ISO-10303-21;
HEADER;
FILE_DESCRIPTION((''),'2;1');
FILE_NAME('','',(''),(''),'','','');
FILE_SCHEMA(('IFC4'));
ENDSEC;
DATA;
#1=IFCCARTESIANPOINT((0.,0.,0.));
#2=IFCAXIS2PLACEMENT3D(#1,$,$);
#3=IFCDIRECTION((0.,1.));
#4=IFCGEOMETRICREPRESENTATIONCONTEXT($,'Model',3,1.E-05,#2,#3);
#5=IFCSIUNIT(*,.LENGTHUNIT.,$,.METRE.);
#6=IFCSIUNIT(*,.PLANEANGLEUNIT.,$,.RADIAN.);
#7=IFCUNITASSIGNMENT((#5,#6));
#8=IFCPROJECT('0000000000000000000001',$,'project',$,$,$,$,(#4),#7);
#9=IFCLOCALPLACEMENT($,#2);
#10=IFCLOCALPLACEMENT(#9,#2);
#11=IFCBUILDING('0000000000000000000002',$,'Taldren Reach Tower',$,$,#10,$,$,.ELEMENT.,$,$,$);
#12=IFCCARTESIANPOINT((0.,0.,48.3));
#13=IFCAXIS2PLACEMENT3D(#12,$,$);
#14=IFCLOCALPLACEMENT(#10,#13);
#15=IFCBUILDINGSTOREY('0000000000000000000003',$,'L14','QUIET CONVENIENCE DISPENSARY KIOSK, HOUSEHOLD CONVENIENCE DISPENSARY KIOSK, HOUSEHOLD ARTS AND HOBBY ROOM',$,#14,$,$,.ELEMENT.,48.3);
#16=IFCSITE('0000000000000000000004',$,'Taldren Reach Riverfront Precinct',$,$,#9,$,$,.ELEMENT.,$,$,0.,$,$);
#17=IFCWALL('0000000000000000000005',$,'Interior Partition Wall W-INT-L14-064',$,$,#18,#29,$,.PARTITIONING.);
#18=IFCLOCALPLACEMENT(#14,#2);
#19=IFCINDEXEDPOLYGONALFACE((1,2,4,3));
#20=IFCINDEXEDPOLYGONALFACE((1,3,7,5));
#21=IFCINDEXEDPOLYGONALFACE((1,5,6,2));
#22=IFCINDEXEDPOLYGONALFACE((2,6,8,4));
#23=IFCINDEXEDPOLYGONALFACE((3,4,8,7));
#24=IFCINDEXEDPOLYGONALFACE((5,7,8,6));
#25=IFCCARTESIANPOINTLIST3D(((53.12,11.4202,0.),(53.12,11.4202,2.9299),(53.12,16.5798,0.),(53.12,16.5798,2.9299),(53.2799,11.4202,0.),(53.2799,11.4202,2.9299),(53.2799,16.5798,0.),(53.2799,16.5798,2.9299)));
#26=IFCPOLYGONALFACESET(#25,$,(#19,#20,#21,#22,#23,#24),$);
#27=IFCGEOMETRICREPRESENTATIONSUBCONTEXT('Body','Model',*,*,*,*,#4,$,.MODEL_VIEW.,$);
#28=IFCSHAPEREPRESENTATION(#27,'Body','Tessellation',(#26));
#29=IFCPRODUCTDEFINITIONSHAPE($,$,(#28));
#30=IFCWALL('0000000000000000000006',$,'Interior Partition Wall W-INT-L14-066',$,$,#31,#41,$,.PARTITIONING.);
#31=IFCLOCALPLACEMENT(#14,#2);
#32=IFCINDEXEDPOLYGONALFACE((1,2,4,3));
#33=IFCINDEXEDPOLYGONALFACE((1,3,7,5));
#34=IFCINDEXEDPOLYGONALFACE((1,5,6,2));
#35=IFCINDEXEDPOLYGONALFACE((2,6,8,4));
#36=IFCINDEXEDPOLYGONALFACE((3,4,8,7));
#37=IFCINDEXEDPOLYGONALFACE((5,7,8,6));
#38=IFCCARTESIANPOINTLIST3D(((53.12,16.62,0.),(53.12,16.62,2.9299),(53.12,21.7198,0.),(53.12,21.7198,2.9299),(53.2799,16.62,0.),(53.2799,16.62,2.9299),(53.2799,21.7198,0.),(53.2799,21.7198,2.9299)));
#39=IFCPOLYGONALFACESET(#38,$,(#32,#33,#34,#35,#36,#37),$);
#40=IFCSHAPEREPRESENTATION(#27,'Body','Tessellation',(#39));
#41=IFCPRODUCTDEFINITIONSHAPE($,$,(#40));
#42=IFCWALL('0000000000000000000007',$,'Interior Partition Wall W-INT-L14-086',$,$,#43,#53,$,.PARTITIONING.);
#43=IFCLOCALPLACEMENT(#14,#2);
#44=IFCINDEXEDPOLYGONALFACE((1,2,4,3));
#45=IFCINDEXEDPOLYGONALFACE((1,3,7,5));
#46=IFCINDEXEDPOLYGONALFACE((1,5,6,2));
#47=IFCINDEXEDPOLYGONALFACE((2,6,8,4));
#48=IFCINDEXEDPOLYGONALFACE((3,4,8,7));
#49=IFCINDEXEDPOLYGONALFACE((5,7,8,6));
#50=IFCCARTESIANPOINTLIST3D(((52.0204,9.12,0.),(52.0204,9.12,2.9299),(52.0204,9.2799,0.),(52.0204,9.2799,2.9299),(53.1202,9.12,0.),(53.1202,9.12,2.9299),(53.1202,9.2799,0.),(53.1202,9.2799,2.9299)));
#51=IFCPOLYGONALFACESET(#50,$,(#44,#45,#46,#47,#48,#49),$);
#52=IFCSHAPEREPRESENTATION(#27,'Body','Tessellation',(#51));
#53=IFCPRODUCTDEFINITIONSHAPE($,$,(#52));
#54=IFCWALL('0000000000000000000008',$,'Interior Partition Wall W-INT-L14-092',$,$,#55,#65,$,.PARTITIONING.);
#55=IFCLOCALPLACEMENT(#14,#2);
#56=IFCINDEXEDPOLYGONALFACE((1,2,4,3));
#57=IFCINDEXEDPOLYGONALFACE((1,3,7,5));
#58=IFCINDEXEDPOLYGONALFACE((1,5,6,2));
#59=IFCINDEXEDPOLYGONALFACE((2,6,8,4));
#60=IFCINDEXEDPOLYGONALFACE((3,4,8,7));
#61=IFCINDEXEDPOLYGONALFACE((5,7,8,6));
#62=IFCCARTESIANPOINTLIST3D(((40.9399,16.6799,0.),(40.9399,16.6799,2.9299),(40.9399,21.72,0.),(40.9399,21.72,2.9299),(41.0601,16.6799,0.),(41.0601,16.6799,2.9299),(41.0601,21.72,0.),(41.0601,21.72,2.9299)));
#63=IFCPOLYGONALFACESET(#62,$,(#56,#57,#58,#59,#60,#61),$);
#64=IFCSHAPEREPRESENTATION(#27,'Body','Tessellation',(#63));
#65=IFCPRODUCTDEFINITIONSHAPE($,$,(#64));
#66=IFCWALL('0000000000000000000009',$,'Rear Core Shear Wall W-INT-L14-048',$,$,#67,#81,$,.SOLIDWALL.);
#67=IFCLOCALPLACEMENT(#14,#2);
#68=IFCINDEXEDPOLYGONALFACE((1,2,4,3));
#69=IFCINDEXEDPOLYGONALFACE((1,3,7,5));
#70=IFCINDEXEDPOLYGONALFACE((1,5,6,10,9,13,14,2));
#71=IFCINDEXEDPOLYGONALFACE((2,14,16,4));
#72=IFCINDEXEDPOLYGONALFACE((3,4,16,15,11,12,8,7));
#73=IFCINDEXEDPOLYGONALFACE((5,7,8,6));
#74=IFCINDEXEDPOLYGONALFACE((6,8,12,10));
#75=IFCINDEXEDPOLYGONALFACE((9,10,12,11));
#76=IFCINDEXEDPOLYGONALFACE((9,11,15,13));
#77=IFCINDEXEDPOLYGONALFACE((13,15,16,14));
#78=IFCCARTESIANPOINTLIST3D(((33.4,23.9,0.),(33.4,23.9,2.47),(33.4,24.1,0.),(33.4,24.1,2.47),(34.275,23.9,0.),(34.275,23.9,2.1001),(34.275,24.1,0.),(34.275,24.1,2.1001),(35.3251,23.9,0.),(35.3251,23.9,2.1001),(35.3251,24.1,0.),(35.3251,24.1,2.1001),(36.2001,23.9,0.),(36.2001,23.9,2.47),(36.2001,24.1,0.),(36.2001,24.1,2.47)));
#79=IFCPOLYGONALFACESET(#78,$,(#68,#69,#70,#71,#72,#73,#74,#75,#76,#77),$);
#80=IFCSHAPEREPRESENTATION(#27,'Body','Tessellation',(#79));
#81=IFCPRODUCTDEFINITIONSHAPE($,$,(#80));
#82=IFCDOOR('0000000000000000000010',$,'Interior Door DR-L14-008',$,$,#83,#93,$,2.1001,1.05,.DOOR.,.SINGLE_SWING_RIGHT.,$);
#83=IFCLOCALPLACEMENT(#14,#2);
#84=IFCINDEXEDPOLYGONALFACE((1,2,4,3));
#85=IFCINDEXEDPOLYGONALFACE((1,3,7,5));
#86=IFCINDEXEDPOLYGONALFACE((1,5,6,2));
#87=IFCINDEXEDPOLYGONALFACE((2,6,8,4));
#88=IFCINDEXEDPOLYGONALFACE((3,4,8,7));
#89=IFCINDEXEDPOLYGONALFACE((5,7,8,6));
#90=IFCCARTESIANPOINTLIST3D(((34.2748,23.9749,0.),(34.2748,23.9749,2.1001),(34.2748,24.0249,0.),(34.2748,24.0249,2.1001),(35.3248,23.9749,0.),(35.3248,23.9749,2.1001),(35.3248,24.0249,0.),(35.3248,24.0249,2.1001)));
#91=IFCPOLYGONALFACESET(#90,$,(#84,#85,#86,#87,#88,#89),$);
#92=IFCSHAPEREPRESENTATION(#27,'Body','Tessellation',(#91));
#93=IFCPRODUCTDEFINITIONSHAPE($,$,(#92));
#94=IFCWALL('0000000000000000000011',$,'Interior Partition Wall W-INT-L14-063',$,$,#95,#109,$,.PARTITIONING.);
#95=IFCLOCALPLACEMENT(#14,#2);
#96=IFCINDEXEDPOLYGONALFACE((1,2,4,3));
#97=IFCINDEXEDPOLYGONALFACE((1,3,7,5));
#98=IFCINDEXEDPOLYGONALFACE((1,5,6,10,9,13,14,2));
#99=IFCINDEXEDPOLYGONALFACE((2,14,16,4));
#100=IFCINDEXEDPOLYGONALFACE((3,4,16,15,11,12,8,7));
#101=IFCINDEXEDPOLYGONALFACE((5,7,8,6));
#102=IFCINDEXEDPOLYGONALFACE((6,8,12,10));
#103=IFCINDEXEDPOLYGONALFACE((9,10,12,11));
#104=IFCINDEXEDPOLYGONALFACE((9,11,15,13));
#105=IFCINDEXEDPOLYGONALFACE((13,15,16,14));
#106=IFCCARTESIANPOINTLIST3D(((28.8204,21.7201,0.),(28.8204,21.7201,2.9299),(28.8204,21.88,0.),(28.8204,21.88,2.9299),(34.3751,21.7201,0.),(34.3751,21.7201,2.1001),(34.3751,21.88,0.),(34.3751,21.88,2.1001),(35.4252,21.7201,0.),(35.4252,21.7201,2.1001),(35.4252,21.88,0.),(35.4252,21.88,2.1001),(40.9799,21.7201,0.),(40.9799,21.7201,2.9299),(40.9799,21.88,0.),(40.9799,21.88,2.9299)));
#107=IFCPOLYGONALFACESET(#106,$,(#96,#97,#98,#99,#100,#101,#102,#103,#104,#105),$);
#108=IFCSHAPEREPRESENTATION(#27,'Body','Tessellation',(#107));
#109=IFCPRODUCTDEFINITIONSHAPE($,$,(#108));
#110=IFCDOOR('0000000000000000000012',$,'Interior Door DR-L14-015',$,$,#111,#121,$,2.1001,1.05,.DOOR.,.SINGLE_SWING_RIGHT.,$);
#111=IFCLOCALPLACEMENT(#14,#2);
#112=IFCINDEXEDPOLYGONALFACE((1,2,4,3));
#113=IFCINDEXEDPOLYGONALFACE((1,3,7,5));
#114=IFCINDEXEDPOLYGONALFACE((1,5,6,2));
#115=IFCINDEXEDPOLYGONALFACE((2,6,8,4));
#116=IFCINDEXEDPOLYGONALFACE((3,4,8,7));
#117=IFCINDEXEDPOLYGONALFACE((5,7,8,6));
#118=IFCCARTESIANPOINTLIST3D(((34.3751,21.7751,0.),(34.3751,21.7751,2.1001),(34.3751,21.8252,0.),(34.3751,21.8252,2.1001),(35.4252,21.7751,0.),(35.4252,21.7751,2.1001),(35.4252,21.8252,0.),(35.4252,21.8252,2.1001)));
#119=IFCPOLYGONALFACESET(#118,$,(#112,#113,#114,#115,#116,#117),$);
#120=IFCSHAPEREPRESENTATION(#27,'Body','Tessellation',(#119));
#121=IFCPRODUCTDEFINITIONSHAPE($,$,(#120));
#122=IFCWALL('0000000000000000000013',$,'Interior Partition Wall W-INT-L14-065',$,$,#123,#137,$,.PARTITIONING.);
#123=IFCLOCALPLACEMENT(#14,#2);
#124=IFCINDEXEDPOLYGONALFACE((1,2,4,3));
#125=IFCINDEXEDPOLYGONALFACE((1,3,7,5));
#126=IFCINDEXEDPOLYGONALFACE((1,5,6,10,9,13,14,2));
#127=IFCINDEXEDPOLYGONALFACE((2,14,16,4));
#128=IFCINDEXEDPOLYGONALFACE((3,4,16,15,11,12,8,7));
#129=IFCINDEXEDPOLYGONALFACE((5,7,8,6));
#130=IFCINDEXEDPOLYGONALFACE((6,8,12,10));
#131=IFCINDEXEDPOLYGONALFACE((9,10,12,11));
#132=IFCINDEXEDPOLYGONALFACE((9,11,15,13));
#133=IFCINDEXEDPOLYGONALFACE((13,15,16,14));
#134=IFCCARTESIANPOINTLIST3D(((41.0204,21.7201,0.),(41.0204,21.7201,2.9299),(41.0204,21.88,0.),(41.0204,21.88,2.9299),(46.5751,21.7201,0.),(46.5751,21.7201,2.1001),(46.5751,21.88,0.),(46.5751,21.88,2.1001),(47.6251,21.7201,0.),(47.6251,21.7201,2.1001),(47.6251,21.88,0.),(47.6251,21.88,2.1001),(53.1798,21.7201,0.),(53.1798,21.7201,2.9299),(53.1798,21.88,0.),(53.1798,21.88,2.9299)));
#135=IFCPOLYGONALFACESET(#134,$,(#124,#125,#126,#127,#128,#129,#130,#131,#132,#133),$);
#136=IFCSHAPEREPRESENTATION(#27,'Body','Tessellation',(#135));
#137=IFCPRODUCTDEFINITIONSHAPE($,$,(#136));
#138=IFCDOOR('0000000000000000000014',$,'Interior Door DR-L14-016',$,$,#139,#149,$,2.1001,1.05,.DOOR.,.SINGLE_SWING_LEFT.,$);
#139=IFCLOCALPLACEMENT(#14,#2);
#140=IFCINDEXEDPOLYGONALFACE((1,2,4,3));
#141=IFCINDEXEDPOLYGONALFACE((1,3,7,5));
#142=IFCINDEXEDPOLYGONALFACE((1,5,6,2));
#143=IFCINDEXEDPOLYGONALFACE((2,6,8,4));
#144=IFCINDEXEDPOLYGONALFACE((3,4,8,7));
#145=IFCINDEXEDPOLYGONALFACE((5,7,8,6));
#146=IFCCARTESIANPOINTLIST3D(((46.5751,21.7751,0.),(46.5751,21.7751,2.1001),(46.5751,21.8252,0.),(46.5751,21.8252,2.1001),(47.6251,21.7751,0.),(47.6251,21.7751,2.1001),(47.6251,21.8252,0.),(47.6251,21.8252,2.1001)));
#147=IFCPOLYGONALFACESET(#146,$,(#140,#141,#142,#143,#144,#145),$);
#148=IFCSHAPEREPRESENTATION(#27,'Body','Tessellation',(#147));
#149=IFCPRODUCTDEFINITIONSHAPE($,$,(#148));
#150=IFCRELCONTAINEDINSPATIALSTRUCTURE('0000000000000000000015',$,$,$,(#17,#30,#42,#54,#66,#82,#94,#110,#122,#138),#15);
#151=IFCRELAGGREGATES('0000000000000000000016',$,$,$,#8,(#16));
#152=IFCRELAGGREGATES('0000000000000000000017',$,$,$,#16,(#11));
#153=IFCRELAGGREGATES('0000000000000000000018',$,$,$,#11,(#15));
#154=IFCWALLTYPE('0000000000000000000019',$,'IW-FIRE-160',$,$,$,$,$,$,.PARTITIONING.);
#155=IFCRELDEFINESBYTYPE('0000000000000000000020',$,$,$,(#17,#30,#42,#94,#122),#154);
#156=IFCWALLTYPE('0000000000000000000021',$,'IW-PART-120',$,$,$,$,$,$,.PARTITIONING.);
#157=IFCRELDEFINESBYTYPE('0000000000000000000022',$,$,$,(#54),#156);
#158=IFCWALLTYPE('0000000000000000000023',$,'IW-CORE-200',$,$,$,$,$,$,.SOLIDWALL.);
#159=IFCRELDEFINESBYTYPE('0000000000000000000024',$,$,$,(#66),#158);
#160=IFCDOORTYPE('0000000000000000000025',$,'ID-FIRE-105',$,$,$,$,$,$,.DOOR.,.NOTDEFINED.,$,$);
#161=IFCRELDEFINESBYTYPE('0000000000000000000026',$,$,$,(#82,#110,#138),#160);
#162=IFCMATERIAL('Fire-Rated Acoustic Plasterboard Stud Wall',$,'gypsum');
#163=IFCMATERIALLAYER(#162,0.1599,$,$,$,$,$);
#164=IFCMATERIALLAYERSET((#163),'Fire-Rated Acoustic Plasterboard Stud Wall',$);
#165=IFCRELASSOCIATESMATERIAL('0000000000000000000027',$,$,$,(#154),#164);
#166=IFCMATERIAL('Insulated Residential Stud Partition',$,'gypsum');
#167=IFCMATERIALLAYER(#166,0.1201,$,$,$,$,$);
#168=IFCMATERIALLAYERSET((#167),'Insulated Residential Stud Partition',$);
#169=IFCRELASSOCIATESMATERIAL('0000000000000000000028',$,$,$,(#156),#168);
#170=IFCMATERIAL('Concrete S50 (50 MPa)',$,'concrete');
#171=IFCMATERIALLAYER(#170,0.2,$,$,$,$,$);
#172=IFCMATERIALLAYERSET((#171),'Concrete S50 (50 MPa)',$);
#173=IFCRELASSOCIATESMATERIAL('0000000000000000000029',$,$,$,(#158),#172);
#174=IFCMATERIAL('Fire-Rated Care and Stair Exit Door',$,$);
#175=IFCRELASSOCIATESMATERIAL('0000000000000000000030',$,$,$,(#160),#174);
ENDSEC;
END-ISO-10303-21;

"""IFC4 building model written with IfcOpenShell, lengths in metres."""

from ifc_helpers import new_model, si_unit, direction, frame, frame_2d, origin, place, context, subcontext, project, spatial, rectangle, extrude, source, transform, mapped, material, layer, layer_set, type_object, element, fill, save


model = new_model("IFC4")

# Units and contexts
model_context = context("Model", 3, precision=1e-05, world=origin(), true_north=direction((0.0, 1.0)))
body_context = subcontext(model_context, "Body", "Model", "MODEL_VIEW")
ifc_project = project(units=[si_unit("LENGTHUNIT", "METRE"), si_unit("PLANEANGLEUNIT", "RADIAN")], contexts=[model_context])

# Site, building, storey
site_placement = place(None, origin())
site = spatial("IfcSite", under=ifc_project, at=site_placement, Name="Taldren Reach Riverfront Precinct", CompositionType="ELEMENT", RefElevation=0.0)
building_placement = place(site_placement, origin())
building = spatial("IfcBuilding", under=site, at=building_placement, Name="Taldren Reach Tower", CompositionType="ELEMENT")
storey_placement = place(building_placement, frame((0.0, 0.0, 48.3)))
storey = spatial("IfcBuildingStorey", under=building, at=storey_placement, Name="L14", Description="QUIET CONVENIENCE DISPENSARY KIOSK, HOUSEHOLD CONVENIENCE DISPENSARY KIOSK, HOUSEHOLD ARTS AND HOBBY ROOM", CompositionType="ELEMENT", Elevation=48.3)

# Walls
ifc_material_1 = material(Name="Fire-Rated Acoustic Plasterboard Stud Wall", Category="gypsum")
ifc_layer_1 = layer(ifc_material_1, 0.1599)
ifc_layer_set_1 = layer_set([ifc_layer_1], Name="Fire-Rated Acoustic Plasterboard Stud Wall")
wall_type_1 = type_object("IfcWallType", Name="IW-FIRE-160", PredefinedType="PARTITIONING", material=ifc_layer_set_1)
shared_shape_1 = source(origin(), body_context, "Body", "SweptSolid", [
    extrude(rectangle(XDim=5.1597, YDim=0.1599, at=frame_2d((2.5798, 0.0))), origin(), (0.0, 0.0, 1.0), 2.9299),
])
wall_1_placement = place(storey_placement, frame((53.2, 11.4202, 0.0), z_axis=(0.0, 0.0, 1.0), x_axis=(0.0, 1.0, 0.0)))
element("IfcWall", 1, at=wall_1_placement, inside=storey, type_object=wall_type_1, Name="Interior Partition Wall W-INT-L14-064", PredefinedType="PARTITIONING", context=body_context, shape_type="MappedRepresentation", body=[
    mapped(shared_shape_1, transform((0.0, 0.0, 0.0), scale=1.0)),
])
shared_shape_2 = source(origin(), body_context, "Body", "SweptSolid", [
    extrude(rectangle(XDim=5.0999, YDim=0.1599, at=frame_2d((2.5498, 0.0))), origin(), (0.0, 0.0, 1.0), 2.9299),
])
wall_2_placement = place(storey_placement, frame((53.2, 16.6201, 0.0), z_axis=(0.0, 0.0, 1.0), x_axis=(0.0, 1.0, 0.0)))
element("IfcWall", 2, at=wall_2_placement, inside=storey, type_object=wall_type_1, Name="Interior Partition Wall W-INT-L14-066", PredefinedType="PARTITIONING", context=body_context, shape_type="MappedRepresentation", body=[
    mapped(shared_shape_2, transform((0.0, 0.0, 0.0), scale=1.0)),
])
shared_shape_3 = source(origin(), body_context, "Body", "SweptSolid", [
    extrude(rectangle(XDim=1.0999, YDim=0.1599, at=frame_2d((0.5498, 0.0))), origin(), (0.0, 0.0, 1.0), 2.9299),
])
wall_3_placement = place(storey_placement, frame((53.1201, 9.2, 0.0), z_axis=(0.0, 0.0, 1.0), x_axis=(-1.0, 0.0, 0.0)))
element("IfcWall", 3, at=wall_3_placement, inside=storey, type_object=wall_type_1, Name="Interior Partition Wall W-INT-L14-086", PredefinedType="PARTITIONING", context=body_context, shape_type="MappedRepresentation", body=[
    mapped(shared_shape_3, transform((0.0, 0.0, 0.0), scale=1.0)),
])
ifc_material_2 = material(Name="Insulated Residential Stud Partition", Category="gypsum")
ifc_layer_2 = layer(ifc_material_2, 0.1201)
ifc_layer_set_2 = layer_set([ifc_layer_2], Name="Insulated Residential Stud Partition")
wall_type_2 = type_object("IfcWallType", Name="IW-PART-120", PredefinedType="PARTITIONING", material=ifc_layer_set_2)
shared_shape_4 = source(origin(), body_context, "Body", "SweptSolid", [
    extrude(rectangle(XDim=5.04, YDim=0.1201, at=frame_2d((2.52, 0.0))), origin(), (0.0, 0.0, 1.0), 2.9299),
])
wall_4_placement = place(storey_placement, frame((41.0, 21.72, 0.0), z_axis=(0.0, 0.0, 1.0), x_axis=(0.0, -1.0, 0.0)))
element("IfcWall", 4, at=wall_4_placement, inside=storey, type_object=wall_type_2, Name="Interior Partition Wall W-INT-L14-092", PredefinedType="PARTITIONING", context=body_context, shape_type="MappedRepresentation", body=[
    mapped(shared_shape_4, transform((0.0, 0.0, 0.0), scale=1.0)),
])

# Walls, openings, doors
ifc_material_3 = material(Name="Concrete S50 (50 MPa)", Category="concrete")
ifc_layer_3 = layer(ifc_material_3, 0.2)
ifc_layer_set_3 = layer_set([ifc_layer_3], Name="Concrete S50 (50 MPa)")
wall_type_3 = type_object("IfcWallType", Name="IW-CORE-200", PredefinedType="SOLIDWALL", material=ifc_layer_set_3)
shared_shape_5 = source(origin(), body_context, "Body", "SweptSolid", [
    extrude(rectangle(XDim=2.8, YDim=0.2, at=frame_2d((1.3999, 0.0))), origin(), (0.0, 0.0, 1.0), 2.47),
])
wall_5_placement = place(storey_placement, frame((36.2, 24.0, 0.0), z_axis=(0.0, 0.0, 1.0), x_axis=(-1.0, 0.0, 0.0)))
wall_5 = element("IfcWall", 5, at=wall_5_placement, inside=storey, type_object=wall_type_3, Name="Rear Core Shear Wall W-INT-L14-048", PredefinedType="SOLIDWALL", context=body_context, shape_type="MappedRepresentation", body=[
    mapped(shared_shape_5, transform((0.0, 0.0, 0.0), scale=1.0)),
])
shared_shape_6 = source(origin(), body_context, "Body", "SweptSolid", [
    extrude(rectangle(XDim=1.05, YDim=2.1001, at=frame_2d((0.5249, 1.05))), frame((0.0, 0.1099, 0.0), z_axis=(0.0, -1.0, 0.0), x_axis=(1.0, 0.0, 0.0)), (0.0, 0.0, 1.0), 0.22),
])
opening_1_placement = place(wall_5_placement, frame((0.875, 0.0, 0.0)))
opening_1 = element("IfcOpeningElement", 6, at=opening_1_placement, cuts=wall_5, PredefinedType="OPENING", context=body_context, shape_type="MappedRepresentation", body=[
    mapped(shared_shape_6, transform((0.0, 0.0, 0.0), scale=1.0)),
])
ifc_material_4 = material(Name="Fire-Rated Care and Stair Exit Door")
door_type_1 = type_object("IfcDoorType", Name="ID-FIRE-105", OperationType="NOTDEFINED", PredefinedType="DOOR", material=ifc_material_4)
shared_shape_7 = source(origin(), body_context, "Body", "SweptSolid", [
    extrude(rectangle(XDim=1.05, YDim=2.1001, at=frame_2d((0.5249, 1.05))), frame((0.0, 0.0249, 0.0), z_axis=(0.0, -1.0, 0.0), x_axis=(1.0, 0.0, 0.0)), (0.0, 0.0, 1.0), 0.05),
])
door_1_placement = place(opening_1_placement, frame((1.05, 0.0, 0.0), z_axis=(0.0, 0.0, 1.0), x_axis=(-1.0, 0.0, 0.0)))
door_1 = element("IfcDoor", 7, at=door_1_placement, inside=storey, type_object=door_type_1, Name="Interior Door DR-L14-008", OperationType="SINGLE_SWING_RIGHT", OverallHeight=2.1001, OverallWidth=1.05, PredefinedType="DOOR", context=body_context, shape_type="MappedRepresentation", body=[
    mapped(shared_shape_7, transform((0.0, 0.0, 0.0), scale=1.0)),
])
fill(opening_1, door_1)
shared_shape_8 = source(origin(), body_context, "Body", "SweptSolid", [
    extrude(rectangle(XDim=12.1594, YDim=0.1599, at=frame_2d((6.0796, 0.0))), origin(), (0.0, 0.0, 1.0), 2.9299),
])
wall_6_placement = place(storey_placement, frame((40.9797, 21.8, 0.0), z_axis=(0.0, 0.0, 1.0), x_axis=(-1.0, 0.0, 0.0)))
wall_6 = element("IfcWall", 8, at=wall_6_placement, inside=storey, type_object=wall_type_1, Name="Interior Partition Wall W-INT-L14-063", PredefinedType="PARTITIONING", context=body_context, shape_type="MappedRepresentation", body=[
    mapped(shared_shape_8, transform((0.0, 0.0, 0.0), scale=1.0)),
])
shared_shape_9 = source(origin(), body_context, "Body", "SweptSolid", [
    extrude(rectangle(XDim=1.05, YDim=2.1001, at=frame_2d((0.5249, 1.05))), frame((0.0, 0.0898, 0.0), z_axis=(0.0, -1.0, 0.0), x_axis=(1.0, 0.0, 0.0)), (0.0, 0.0, 1.0), 0.1799),
])
opening_2_placement = place(wall_6_placement, frame((5.5547, 0.0, 0.0)))
opening_2 = element("IfcOpeningElement", 9, at=opening_2_placement, cuts=wall_6, PredefinedType="OPENING", context=body_context, shape_type="MappedRepresentation", body=[
    mapped(shared_shape_9, transform((0.0, 0.0, 0.0), scale=1.0)),
])
door_2_placement = place(opening_2_placement, origin())
door_2 = element("IfcDoor", 10, at=door_2_placement, inside=storey, type_object=door_type_1, Name="Interior Door DR-L14-015", OperationType="SINGLE_SWING_RIGHT", OverallHeight=2.1001, OverallWidth=1.05, PredefinedType="DOOR", context=body_context, shape_type="MappedRepresentation", body=[
    mapped(shared_shape_7, transform((0.0, 0.0, 0.0), scale=1.0)),
])
fill(opening_2, door_2)
wall_7_placement = place(storey_placement, frame((53.1797, 21.8, 0.0), z_axis=(0.0, 0.0, 1.0), x_axis=(-1.0, 0.0, 0.0)))
wall_7 = element("IfcWall", 11, at=wall_7_placement, inside=storey, type_object=wall_type_1, Name="Interior Partition Wall W-INT-L14-065", PredefinedType="PARTITIONING", context=body_context, shape_type="MappedRepresentation", body=[
    mapped(shared_shape_8, transform((0.0, 0.0, 0.0), scale=1.0)),
])
opening_3_placement = place(wall_7_placement, frame((5.5547, 0.0, 0.0)))
opening_3 = element("IfcOpeningElement", 12, at=opening_3_placement, cuts=wall_7, PredefinedType="OPENING", context=body_context, shape_type="MappedRepresentation", body=[
    mapped(shared_shape_9, transform((0.0, 0.0, 0.0), scale=1.0)),
])
door_3_placement = place(opening_3_placement, origin())
door_3 = element("IfcDoor", 13, at=door_3_placement, inside=storey, type_object=door_type_1, Name="Interior Door DR-L14-016", OperationType="SINGLE_SWING_LEFT", OverallHeight=2.1001, OverallWidth=1.05, PredefinedType="DOOR", context=body_context, shape_type="MappedRepresentation", body=[
    mapped(shared_shape_7, transform((0.0, 0.0, 0.0), scale=1.0)),
])
fill(opening_3, door_3)

save(model, "model.ifc")
